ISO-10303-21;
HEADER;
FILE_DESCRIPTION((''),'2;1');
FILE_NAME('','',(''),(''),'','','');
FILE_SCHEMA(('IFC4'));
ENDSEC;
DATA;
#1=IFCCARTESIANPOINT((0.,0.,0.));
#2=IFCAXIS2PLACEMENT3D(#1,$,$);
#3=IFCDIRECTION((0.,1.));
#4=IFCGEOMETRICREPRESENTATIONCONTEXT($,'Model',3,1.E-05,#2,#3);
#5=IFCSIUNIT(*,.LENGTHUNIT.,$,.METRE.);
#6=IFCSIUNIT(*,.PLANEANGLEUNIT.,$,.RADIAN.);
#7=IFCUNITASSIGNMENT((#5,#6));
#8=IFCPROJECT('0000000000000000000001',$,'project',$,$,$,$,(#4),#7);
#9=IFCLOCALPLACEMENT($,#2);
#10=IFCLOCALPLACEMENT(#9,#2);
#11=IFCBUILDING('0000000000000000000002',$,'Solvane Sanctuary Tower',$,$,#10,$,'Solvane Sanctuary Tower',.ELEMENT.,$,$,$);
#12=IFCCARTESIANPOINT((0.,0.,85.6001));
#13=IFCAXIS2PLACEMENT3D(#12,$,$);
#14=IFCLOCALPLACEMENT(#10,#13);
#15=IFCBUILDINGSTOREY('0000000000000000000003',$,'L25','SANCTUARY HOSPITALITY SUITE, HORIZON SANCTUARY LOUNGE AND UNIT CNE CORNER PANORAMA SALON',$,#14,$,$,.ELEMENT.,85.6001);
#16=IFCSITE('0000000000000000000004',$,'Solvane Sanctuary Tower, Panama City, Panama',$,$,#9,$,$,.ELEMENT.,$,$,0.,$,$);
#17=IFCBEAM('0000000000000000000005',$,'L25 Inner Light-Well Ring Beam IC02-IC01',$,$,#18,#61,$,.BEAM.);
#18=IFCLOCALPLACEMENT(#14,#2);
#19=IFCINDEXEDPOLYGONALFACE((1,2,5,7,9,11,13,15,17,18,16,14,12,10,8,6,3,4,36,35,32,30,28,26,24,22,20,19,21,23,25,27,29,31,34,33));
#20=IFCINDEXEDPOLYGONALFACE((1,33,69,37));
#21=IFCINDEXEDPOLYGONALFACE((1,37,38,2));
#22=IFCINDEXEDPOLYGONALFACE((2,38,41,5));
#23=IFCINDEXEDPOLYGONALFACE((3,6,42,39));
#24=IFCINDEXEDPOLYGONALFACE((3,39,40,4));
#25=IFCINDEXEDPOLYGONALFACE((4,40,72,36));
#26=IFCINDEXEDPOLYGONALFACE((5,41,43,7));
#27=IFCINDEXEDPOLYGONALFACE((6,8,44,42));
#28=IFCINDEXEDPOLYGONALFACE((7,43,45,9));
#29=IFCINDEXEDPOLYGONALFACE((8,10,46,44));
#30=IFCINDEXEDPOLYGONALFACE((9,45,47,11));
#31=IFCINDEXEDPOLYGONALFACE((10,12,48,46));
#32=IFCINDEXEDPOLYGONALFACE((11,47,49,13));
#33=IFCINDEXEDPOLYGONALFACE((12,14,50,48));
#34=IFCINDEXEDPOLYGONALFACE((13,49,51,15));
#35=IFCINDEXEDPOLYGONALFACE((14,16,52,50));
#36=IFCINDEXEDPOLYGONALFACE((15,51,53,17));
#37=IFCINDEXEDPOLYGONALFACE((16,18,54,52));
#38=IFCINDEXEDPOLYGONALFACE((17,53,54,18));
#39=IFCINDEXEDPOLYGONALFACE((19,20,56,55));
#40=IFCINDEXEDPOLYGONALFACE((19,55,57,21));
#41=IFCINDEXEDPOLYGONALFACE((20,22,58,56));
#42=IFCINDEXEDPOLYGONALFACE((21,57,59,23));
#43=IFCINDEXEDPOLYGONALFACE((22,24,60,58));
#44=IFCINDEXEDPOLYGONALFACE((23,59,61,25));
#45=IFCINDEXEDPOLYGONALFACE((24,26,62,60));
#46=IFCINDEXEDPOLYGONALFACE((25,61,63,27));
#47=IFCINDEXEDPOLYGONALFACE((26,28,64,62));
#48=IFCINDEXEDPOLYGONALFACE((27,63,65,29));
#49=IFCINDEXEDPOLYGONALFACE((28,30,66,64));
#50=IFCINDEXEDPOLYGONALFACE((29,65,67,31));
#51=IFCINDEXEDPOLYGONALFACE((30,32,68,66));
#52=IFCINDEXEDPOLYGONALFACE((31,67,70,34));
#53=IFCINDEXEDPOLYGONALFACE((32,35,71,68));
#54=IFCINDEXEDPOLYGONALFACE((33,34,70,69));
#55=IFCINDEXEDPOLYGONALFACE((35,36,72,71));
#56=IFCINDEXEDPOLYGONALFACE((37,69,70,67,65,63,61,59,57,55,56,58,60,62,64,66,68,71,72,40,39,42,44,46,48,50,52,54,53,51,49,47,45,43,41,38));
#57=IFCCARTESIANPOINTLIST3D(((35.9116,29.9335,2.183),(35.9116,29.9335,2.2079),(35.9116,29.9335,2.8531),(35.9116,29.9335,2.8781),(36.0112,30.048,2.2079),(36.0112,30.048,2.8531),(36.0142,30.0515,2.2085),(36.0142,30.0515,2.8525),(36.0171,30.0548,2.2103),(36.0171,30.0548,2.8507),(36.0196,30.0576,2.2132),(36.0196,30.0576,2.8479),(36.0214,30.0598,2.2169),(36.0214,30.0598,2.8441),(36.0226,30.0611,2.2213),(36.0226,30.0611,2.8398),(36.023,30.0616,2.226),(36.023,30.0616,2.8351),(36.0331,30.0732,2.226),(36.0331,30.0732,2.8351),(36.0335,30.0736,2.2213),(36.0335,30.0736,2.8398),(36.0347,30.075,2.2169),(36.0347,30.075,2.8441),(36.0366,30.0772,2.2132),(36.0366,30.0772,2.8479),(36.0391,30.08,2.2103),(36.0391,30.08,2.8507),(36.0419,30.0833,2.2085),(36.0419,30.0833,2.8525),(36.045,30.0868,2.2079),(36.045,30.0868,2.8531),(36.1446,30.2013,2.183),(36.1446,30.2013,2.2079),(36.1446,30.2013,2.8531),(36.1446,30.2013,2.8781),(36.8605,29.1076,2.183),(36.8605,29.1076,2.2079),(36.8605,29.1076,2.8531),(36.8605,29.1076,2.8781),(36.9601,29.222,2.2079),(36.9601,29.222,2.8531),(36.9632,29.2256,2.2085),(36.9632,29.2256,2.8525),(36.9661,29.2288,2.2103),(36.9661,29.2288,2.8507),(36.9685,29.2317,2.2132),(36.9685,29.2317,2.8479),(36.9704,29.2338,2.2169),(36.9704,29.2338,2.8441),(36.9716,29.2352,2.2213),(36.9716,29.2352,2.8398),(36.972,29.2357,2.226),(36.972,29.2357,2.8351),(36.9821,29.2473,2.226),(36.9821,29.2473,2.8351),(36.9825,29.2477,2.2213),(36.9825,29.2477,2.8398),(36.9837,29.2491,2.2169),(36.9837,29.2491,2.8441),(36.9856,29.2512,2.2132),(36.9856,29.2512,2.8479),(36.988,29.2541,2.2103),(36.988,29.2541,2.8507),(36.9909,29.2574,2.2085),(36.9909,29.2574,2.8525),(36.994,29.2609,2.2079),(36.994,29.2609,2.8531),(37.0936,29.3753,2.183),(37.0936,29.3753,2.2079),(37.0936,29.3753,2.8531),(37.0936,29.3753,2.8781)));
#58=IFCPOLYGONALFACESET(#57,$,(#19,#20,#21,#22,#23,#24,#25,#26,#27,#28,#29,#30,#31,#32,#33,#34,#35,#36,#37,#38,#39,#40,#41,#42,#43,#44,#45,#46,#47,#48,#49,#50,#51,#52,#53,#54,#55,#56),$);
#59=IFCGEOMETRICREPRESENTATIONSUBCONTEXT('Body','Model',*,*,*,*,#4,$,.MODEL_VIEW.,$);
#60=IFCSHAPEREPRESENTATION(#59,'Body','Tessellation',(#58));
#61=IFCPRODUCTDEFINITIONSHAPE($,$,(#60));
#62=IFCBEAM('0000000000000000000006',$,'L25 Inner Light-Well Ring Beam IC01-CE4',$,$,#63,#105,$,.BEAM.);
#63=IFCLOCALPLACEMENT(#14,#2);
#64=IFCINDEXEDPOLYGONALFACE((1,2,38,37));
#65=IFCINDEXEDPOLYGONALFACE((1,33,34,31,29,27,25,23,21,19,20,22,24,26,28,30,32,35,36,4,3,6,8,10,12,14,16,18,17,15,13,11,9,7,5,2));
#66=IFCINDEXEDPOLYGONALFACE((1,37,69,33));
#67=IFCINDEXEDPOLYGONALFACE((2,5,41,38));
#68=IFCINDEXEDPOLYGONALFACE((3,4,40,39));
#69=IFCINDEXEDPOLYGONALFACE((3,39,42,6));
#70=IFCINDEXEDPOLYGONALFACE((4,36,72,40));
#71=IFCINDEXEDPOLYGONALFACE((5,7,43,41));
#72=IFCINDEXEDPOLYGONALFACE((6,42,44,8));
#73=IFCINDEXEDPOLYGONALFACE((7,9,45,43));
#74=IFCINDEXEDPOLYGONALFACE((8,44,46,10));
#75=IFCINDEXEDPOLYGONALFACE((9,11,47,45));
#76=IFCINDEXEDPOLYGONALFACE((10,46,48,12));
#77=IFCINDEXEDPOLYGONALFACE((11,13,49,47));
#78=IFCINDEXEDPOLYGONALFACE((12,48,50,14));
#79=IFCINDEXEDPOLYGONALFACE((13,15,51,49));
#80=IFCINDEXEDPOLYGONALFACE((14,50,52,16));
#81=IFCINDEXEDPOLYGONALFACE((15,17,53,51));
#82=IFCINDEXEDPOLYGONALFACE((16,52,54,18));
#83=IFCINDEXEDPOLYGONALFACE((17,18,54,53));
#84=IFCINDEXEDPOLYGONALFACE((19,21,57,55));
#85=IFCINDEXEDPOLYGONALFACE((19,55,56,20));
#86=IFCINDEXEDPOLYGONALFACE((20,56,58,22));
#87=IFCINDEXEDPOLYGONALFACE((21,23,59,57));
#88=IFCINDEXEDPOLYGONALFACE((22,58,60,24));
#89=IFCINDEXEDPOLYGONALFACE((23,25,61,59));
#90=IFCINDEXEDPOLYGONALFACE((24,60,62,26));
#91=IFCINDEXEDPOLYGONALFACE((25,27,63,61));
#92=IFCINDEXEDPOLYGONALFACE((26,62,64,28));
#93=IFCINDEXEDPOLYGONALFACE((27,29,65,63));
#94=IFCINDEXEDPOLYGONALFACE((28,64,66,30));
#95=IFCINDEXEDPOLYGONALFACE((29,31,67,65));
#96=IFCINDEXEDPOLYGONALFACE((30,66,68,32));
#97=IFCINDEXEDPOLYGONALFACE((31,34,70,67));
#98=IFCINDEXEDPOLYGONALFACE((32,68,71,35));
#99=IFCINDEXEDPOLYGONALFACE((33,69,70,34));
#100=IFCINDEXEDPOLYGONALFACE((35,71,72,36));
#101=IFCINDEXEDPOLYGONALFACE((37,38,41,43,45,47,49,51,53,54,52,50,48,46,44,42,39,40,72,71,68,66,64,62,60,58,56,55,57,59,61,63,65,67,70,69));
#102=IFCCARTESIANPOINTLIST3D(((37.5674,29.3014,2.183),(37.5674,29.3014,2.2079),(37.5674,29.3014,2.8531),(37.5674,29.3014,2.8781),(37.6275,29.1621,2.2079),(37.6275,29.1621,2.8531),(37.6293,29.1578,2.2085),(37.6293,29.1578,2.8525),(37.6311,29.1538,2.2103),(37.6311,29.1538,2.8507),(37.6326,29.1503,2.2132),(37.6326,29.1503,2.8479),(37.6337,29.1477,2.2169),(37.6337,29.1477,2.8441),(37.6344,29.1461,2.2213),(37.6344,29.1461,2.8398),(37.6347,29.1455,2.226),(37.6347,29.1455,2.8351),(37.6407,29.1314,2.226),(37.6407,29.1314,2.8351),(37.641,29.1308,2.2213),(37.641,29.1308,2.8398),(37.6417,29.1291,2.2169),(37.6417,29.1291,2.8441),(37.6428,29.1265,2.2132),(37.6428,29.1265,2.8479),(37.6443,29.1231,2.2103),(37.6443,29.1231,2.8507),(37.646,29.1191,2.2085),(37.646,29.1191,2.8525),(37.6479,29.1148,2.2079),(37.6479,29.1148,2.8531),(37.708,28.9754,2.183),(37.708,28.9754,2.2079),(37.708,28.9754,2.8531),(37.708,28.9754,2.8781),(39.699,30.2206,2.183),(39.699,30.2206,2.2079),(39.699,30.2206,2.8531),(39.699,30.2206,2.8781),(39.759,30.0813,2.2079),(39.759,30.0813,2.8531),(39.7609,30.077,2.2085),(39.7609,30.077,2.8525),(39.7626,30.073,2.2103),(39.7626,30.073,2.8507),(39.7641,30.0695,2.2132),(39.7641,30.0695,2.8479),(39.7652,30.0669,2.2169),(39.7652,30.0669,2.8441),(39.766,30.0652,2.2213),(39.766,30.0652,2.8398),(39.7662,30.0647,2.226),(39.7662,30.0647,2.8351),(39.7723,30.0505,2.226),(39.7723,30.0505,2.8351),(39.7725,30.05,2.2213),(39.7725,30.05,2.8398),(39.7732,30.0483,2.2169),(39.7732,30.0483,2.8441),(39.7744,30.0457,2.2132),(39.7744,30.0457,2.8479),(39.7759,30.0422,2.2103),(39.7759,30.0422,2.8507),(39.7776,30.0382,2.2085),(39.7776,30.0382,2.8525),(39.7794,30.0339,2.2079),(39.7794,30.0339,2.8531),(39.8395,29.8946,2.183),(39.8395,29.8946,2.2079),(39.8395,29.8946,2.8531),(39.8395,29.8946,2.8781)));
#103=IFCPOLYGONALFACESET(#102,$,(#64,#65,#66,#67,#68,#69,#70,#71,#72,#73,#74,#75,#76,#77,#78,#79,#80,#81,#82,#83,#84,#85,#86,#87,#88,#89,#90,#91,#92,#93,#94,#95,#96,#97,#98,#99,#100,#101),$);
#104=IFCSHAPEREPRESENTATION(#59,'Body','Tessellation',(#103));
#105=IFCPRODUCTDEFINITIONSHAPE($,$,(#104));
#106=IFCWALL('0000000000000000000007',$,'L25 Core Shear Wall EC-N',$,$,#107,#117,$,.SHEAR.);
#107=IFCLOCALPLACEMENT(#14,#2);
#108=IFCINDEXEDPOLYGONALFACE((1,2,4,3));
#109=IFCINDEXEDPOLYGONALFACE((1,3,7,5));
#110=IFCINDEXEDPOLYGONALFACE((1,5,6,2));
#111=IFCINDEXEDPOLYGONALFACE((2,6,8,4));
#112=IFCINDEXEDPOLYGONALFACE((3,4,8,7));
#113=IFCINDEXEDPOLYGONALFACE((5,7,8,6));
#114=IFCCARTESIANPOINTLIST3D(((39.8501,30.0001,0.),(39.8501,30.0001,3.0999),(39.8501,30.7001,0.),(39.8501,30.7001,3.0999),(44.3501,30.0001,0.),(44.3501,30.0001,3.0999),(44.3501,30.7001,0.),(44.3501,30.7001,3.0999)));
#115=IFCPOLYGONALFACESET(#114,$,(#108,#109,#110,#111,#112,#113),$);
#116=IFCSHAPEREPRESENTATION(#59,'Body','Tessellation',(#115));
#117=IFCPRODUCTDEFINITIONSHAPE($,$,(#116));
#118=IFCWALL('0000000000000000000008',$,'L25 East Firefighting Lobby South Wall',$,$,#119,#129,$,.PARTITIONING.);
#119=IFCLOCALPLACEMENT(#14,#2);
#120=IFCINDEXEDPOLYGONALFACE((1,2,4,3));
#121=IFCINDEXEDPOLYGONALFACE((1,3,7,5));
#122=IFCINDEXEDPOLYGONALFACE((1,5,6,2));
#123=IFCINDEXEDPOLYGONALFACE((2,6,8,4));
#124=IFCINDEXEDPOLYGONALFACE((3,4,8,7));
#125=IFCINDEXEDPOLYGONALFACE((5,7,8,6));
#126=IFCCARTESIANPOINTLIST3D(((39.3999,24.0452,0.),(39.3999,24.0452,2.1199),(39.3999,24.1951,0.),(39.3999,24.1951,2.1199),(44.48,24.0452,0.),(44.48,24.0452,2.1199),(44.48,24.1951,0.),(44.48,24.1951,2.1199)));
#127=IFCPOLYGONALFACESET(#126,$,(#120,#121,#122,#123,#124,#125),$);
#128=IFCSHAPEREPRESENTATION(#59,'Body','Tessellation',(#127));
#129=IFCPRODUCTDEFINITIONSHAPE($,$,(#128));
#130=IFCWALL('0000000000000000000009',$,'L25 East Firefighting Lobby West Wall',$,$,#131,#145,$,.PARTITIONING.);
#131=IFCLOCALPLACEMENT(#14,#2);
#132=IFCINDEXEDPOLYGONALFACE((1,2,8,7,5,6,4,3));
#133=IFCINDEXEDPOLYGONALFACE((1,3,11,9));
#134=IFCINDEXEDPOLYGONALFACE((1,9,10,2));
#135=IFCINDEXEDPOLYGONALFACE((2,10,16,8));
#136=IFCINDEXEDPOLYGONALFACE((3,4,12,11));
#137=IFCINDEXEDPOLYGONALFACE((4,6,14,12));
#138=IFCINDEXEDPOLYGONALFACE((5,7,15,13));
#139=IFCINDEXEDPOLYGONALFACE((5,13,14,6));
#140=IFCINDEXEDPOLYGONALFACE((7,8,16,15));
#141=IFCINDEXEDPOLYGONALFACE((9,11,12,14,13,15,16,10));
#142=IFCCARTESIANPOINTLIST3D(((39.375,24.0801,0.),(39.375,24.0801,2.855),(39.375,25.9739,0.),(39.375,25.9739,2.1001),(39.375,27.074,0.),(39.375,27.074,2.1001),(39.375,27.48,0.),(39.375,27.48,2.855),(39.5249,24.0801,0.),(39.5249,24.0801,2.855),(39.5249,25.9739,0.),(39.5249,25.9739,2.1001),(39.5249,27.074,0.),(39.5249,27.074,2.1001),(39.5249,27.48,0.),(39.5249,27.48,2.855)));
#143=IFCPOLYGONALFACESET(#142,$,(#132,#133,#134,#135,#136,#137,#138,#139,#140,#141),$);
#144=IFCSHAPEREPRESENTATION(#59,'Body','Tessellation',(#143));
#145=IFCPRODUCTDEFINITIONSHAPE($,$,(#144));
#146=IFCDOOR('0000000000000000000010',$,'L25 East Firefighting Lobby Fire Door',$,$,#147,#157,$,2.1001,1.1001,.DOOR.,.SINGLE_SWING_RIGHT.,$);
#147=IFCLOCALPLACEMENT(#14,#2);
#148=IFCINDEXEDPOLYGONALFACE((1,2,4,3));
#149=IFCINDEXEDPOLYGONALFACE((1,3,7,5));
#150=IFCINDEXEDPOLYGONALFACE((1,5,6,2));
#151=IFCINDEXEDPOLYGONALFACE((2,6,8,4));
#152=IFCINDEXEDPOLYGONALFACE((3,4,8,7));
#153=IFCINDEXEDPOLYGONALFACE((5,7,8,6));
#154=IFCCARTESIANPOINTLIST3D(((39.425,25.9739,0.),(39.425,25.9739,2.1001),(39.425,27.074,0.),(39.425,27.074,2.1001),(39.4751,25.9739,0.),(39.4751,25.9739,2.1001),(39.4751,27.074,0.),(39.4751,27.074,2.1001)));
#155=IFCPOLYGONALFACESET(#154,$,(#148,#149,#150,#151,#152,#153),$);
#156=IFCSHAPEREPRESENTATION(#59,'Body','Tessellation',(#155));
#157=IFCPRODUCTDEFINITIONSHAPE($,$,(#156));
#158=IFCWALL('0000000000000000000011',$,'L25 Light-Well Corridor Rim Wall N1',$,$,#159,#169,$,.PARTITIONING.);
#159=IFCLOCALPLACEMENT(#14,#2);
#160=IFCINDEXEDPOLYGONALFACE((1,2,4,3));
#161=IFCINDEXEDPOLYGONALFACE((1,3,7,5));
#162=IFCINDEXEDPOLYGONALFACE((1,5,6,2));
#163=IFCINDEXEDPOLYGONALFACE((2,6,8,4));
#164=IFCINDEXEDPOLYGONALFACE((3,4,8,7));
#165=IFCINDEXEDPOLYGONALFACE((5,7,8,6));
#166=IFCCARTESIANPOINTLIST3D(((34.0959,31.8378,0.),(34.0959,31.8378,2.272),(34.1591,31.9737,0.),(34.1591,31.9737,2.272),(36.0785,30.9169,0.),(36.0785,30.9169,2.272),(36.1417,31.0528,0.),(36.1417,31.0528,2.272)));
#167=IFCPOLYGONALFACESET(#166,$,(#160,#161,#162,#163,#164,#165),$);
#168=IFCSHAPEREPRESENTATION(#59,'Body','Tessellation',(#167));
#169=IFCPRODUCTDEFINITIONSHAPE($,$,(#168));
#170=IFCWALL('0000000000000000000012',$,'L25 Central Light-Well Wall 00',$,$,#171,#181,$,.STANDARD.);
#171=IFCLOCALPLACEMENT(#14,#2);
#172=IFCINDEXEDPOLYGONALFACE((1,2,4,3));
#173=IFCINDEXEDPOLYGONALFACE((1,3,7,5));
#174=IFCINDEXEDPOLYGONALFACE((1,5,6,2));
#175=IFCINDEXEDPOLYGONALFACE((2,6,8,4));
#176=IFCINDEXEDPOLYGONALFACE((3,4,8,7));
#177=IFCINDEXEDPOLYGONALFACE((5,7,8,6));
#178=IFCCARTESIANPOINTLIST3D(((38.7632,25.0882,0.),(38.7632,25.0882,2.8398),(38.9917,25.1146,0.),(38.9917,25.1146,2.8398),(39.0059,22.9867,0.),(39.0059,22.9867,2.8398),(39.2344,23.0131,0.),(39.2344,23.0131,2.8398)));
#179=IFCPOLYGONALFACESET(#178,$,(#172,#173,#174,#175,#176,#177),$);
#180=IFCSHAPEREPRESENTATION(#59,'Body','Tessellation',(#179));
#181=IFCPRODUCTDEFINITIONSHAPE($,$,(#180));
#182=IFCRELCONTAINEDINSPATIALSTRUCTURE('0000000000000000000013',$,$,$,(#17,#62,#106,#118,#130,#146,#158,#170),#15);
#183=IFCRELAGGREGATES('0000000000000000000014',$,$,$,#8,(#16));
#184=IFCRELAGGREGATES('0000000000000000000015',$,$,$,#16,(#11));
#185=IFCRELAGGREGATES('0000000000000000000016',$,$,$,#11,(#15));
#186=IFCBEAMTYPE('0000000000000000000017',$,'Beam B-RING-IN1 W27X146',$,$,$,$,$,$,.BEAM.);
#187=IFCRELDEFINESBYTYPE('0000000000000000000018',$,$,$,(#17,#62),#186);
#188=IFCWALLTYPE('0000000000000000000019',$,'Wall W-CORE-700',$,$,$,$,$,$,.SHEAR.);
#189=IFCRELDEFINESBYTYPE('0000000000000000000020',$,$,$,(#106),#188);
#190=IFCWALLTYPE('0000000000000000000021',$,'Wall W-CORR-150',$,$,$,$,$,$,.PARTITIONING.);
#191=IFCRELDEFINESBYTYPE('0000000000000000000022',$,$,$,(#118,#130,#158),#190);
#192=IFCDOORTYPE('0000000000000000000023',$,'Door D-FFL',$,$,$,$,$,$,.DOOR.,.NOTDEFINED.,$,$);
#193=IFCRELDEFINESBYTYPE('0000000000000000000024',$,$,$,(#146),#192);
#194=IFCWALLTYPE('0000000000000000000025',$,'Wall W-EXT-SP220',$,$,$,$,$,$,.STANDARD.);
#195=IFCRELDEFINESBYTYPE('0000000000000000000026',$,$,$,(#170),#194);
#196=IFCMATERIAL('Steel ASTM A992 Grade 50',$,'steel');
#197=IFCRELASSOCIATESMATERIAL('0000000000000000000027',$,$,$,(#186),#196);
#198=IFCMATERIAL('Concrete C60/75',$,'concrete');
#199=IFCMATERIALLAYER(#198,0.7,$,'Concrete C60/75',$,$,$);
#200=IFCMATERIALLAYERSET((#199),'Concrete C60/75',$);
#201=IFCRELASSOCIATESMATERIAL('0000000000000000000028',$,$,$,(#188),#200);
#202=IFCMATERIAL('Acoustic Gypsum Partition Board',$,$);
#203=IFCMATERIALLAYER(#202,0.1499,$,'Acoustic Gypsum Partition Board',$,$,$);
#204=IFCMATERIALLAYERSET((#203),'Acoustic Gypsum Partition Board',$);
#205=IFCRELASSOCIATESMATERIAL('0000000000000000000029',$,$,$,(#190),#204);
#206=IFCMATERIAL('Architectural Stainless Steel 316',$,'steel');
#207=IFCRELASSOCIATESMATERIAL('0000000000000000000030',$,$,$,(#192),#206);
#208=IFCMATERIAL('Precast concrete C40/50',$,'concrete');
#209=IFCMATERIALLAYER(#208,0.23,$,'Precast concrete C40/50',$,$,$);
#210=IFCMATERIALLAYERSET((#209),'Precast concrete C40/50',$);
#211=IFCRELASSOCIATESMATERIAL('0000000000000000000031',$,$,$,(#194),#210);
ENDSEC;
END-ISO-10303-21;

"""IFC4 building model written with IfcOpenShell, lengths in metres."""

from ifc_helpers import new_model, si_unit, direction, frame, frame_2d, origin, origin_2d, place, context, subcontext, project, spatial, rectangle, i_section, extrude, material, layer, layer_set, material_profile, profile_set, type_object, element, fill, save


model = new_model("IFC4")

# Units and contexts
model_context = context("Model", 3, precision=1e-05, world=origin(), true_north=direction((0.0, 1.0)))
body_context = subcontext(model_context, "Body", "Model", "MODEL_VIEW")
ifc_project = project(units=[si_unit("LENGTHUNIT", "METRE"), si_unit("PLANEANGLEUNIT", "RADIAN")], contexts=[model_context])

# Site, building, storey
site_placement = place(None, origin())
site = spatial("IfcSite", under=ifc_project, at=site_placement, Name="Solvane Sanctuary Tower, Panama City, Panama", CompositionType="ELEMENT", RefElevation=0.0)
building_placement = place(site_placement, origin())
building = spatial("IfcBuilding", under=site, at=building_placement, Name="Solvane Sanctuary Tower", LongName="Solvane Sanctuary Tower", CompositionType="ELEMENT")
storey_placement = place(building_placement, frame((0.0, 0.0, 85.6001)))
storey = spatial("IfcBuildingStorey", under=building, at=storey_placement, Name="L25", Description="SANCTUARY HOSPITALITY SUITE, HORIZON SANCTUARY LOUNGE AND UNIT CNE CORNER PANORAMA SALON", CompositionType="ELEMENT", Elevation=85.6001)

# Shared definitions
ifc_material_1 = material(Name="Concrete C60/75", Category="concrete")

# Beams
ifc_material_2 = material(Name="Steel ASTM A992 Grade 50", Category="steel")
ifc_material_profile_1 = material_profile(ifc_material_2, i_section(OverallWidth=0.355, OverallDepth=0.6951, WebThickness=0.0154, FlangeThickness=0.0249, FilletRadius=0.0181, at=origin_2d()), Name="W27X146")
ifc_profile_set_1 = profile_set([ifc_material_profile_1], Name="Steel ASTM A992 Grade 50")
beam_type_1 = type_object("IfcBeamType", Name="Beam B-RING-IN1 W27X146", PredefinedType="BEAM", material=ifc_profile_set_1)
beam_1_placement = place(storey_placement, frame((36.0281, 30.0674, 2.5305), z_axis=(0.754317, -0.65651, 0.0), x_axis=(0.65651, 0.754317, 0.0)))
element("IfcBeam", 1, at=beam_1_placement, inside=storey, type_object=beam_type_1, Name="L25 Inner Light-Well Ring Beam IC02-IC01", PredefinedType="BEAM", context=body_context, shape_type="SweptSolid", body=[
    extrude(i_section(OverallWidth=0.355, OverallDepth=0.6951, WebThickness=0.0154, FlangeThickness=0.0249, FilletRadius=0.0181, at=origin_2d()), origin(), (0.0, 0.0, 1.0), 1.2581),
])
beam_2_placement = place(storey_placement, frame((37.6377, 29.1384, 2.5305), z_axis=(0.918261, 0.395975, 0.0), x_axis=(-0.395975, 0.918261, 0.0)))
element("IfcBeam", 2, at=beam_2_placement, inside=storey, type_object=beam_type_1, Name="L25 Inner Light-Well Ring Beam IC01-CE4", PredefinedType="BEAM", context=body_context, shape_type="SweptSolid", body=[
    extrude(i_section(OverallWidth=0.355, OverallDepth=0.6951, WebThickness=0.0154, FlangeThickness=0.0249, FilletRadius=0.0181, at=origin_2d()), origin(), (0.0, 0.0, 1.0), 2.3213),
])

# Walls
ifc_layer_1 = layer(ifc_material_1, 0.7, Name="Concrete C60/75")
ifc_layer_set_1 = layer_set([ifc_layer_1], Name="Concrete C60/75")
wall_type_1 = type_object("IfcWallType", Name="Wall W-CORE-700", PredefinedType="SHEAR", material=ifc_layer_set_1)
wall_1_placement = place(storey_placement, frame((39.8501, 30.3501, 0.0), z_axis=(0.0, 0.0, 1.0), x_axis=(1.0, 0.0, 0.0)))
element("IfcWall", 3, at=wall_1_placement, inside=storey, type_object=wall_type_1, Name="L25 Core Shear Wall EC-N", PredefinedType="SHEAR", context=body_context, shape_type="SweptSolid", body=[
    extrude(rectangle(XDim=4.5, YDim=0.7, at=frame_2d((2.25, 0.0))), origin(), (0.0, 0.0, 1.0), 3.0999),
])
ifc_material_3 = material(Name="Acoustic Gypsum Partition Board")
ifc_layer_2 = layer(ifc_material_3, 0.1499, Name="Acoustic Gypsum Partition Board")
ifc_layer_set_2 = layer_set([ifc_layer_2], Name="Acoustic Gypsum Partition Board")
wall_type_2 = type_object("IfcWallType", Name="Wall W-CORR-150", PredefinedType="PARTITIONING", material=ifc_layer_set_2)
wall_2_placement = place(storey_placement, frame((39.3999, 24.1201, 0.0), z_axis=(0.0, 0.0, 1.0), x_axis=(1.0, 0.0, 0.0)))
element("IfcWall", 4, at=wall_2_placement, inside=storey, type_object=wall_type_2, Name="L25 East Firefighting Lobby South Wall", PredefinedType="PARTITIONING", context=body_context, shape_type="SweptSolid", body=[
    extrude(rectangle(XDim=5.0801, YDim=0.1499, at=frame_2d((2.54, 0.0))), origin(), (0.0, 0.0, 1.0), 2.1199),
])

# Wall, opening, door
wall_3_placement = place(storey_placement, frame((39.45, 24.0801, 0.0), z_axis=(0.0, 0.0, 1.0), x_axis=(0.0, 1.0, 0.0)))
wall_3 = element("IfcWall", 5, at=wall_3_placement, inside=storey, type_object=wall_type_2, Name="L25 East Firefighting Lobby West Wall", PredefinedType="PARTITIONING", context=body_context, shape_type="SweptSolid", body=[
    extrude(rectangle(XDim=3.3999, YDim=0.1499, at=frame_2d((1.7, 0.0))), origin(), (0.0, 0.0, 1.0), 2.855),
])
opening_1_placement = place(wall_3_placement, frame((1.8938, 0.0, 0.0)))
opening_1 = element("IfcOpeningElement", 6, at=opening_1_placement, cuts=wall_3, PredefinedType="OPENING", context=body_context, shape_type="SweptSolid", body=[
    extrude(rectangle(XDim=1.1001, YDim=2.1001, at=frame_2d((0.55, 1.05))), frame((0.0, 0.085, 0.0), z_axis=(0.0, -1.0, 0.0), x_axis=(1.0, 0.0, 0.0)), (0.0, 0.0, 1.0), 0.1699),
])
ifc_material_4 = material(Name="Architectural Stainless Steel 316", Category="steel")
door_type = type_object("IfcDoorType", Name="Door D-FFL", OperationType="NOTDEFINED", PredefinedType="DOOR", material=ifc_material_4)
door_placement = place(opening_1_placement, origin())
door = element("IfcDoor", 7, at=door_placement, inside=storey, type_object=door_type, Name="L25 East Firefighting Lobby Fire Door", OperationType="SINGLE_SWING_RIGHT", OverallHeight=2.1001, OverallWidth=1.1001, PredefinedType="DOOR", context=body_context, shape_type="SweptSolid", body=[
    extrude(rectangle(XDim=1.1001, YDim=2.1001, at=frame_2d((0.55, 1.05))), frame((0.0, 0.0249, 0.0), z_axis=(0.0, -1.0, 0.0), x_axis=(1.0, 0.0, 0.0)), (0.0, 0.0, 1.0), 0.05),
])
fill(opening_1, door)

# Walls
wall_4_placement = place(storey_placement, frame((36.1101, 30.9849, 0.0), z_axis=(0.0, 0.0, 1.0), x_axis=(-0.906943, 0.421252, 0.0)))
element("IfcWall", 8, at=wall_4_placement, inside=storey, type_object=wall_type_2, Name="L25 Light-Well Corridor Rim Wall N1", PredefinedType="PARTITIONING", context=body_context, shape_type="SweptSolid", body=[
    extrude(rectangle(XDim=2.186, YDim=0.1499, at=frame_2d((1.093, 0.0))), origin(), (0.0, 0.0, 1.0), 2.272),
])
ifc_material_5 = material(Name="Precast concrete C40/50", Category="concrete")
ifc_layer_3 = layer(ifc_material_5, 0.23, Name="Precast concrete C40/50")
ifc_layer_set_3 = layer_set([ifc_layer_3], Name="Precast concrete C40/50")
wall_type_3 = type_object("IfcWallType", Name="Wall W-EXT-SP220", PredefinedType="STANDARD", material=ifc_layer_set_3)
wall_5_placement = place(storey_placement, frame((39.1201, 23.0, 0.0), z_axis=(0.0, 0.0, 1.0), x_axis=(-0.114712, 0.993399, 0.0)))
element("IfcWall", 9, at=wall_5_placement, inside=storey, type_object=wall_type_3, Name="L25 Central Light-Well Wall 00", PredefinedType="STANDARD", context=body_context, shape_type="SweptSolid", body=[
    extrude(rectangle(XDim=2.1155, YDim=0.23, at=frame_2d((1.0576, 0.0))), origin(), (0.0, 0.0, 1.0), 2.8398),
])

save(model, "model.ifc")
